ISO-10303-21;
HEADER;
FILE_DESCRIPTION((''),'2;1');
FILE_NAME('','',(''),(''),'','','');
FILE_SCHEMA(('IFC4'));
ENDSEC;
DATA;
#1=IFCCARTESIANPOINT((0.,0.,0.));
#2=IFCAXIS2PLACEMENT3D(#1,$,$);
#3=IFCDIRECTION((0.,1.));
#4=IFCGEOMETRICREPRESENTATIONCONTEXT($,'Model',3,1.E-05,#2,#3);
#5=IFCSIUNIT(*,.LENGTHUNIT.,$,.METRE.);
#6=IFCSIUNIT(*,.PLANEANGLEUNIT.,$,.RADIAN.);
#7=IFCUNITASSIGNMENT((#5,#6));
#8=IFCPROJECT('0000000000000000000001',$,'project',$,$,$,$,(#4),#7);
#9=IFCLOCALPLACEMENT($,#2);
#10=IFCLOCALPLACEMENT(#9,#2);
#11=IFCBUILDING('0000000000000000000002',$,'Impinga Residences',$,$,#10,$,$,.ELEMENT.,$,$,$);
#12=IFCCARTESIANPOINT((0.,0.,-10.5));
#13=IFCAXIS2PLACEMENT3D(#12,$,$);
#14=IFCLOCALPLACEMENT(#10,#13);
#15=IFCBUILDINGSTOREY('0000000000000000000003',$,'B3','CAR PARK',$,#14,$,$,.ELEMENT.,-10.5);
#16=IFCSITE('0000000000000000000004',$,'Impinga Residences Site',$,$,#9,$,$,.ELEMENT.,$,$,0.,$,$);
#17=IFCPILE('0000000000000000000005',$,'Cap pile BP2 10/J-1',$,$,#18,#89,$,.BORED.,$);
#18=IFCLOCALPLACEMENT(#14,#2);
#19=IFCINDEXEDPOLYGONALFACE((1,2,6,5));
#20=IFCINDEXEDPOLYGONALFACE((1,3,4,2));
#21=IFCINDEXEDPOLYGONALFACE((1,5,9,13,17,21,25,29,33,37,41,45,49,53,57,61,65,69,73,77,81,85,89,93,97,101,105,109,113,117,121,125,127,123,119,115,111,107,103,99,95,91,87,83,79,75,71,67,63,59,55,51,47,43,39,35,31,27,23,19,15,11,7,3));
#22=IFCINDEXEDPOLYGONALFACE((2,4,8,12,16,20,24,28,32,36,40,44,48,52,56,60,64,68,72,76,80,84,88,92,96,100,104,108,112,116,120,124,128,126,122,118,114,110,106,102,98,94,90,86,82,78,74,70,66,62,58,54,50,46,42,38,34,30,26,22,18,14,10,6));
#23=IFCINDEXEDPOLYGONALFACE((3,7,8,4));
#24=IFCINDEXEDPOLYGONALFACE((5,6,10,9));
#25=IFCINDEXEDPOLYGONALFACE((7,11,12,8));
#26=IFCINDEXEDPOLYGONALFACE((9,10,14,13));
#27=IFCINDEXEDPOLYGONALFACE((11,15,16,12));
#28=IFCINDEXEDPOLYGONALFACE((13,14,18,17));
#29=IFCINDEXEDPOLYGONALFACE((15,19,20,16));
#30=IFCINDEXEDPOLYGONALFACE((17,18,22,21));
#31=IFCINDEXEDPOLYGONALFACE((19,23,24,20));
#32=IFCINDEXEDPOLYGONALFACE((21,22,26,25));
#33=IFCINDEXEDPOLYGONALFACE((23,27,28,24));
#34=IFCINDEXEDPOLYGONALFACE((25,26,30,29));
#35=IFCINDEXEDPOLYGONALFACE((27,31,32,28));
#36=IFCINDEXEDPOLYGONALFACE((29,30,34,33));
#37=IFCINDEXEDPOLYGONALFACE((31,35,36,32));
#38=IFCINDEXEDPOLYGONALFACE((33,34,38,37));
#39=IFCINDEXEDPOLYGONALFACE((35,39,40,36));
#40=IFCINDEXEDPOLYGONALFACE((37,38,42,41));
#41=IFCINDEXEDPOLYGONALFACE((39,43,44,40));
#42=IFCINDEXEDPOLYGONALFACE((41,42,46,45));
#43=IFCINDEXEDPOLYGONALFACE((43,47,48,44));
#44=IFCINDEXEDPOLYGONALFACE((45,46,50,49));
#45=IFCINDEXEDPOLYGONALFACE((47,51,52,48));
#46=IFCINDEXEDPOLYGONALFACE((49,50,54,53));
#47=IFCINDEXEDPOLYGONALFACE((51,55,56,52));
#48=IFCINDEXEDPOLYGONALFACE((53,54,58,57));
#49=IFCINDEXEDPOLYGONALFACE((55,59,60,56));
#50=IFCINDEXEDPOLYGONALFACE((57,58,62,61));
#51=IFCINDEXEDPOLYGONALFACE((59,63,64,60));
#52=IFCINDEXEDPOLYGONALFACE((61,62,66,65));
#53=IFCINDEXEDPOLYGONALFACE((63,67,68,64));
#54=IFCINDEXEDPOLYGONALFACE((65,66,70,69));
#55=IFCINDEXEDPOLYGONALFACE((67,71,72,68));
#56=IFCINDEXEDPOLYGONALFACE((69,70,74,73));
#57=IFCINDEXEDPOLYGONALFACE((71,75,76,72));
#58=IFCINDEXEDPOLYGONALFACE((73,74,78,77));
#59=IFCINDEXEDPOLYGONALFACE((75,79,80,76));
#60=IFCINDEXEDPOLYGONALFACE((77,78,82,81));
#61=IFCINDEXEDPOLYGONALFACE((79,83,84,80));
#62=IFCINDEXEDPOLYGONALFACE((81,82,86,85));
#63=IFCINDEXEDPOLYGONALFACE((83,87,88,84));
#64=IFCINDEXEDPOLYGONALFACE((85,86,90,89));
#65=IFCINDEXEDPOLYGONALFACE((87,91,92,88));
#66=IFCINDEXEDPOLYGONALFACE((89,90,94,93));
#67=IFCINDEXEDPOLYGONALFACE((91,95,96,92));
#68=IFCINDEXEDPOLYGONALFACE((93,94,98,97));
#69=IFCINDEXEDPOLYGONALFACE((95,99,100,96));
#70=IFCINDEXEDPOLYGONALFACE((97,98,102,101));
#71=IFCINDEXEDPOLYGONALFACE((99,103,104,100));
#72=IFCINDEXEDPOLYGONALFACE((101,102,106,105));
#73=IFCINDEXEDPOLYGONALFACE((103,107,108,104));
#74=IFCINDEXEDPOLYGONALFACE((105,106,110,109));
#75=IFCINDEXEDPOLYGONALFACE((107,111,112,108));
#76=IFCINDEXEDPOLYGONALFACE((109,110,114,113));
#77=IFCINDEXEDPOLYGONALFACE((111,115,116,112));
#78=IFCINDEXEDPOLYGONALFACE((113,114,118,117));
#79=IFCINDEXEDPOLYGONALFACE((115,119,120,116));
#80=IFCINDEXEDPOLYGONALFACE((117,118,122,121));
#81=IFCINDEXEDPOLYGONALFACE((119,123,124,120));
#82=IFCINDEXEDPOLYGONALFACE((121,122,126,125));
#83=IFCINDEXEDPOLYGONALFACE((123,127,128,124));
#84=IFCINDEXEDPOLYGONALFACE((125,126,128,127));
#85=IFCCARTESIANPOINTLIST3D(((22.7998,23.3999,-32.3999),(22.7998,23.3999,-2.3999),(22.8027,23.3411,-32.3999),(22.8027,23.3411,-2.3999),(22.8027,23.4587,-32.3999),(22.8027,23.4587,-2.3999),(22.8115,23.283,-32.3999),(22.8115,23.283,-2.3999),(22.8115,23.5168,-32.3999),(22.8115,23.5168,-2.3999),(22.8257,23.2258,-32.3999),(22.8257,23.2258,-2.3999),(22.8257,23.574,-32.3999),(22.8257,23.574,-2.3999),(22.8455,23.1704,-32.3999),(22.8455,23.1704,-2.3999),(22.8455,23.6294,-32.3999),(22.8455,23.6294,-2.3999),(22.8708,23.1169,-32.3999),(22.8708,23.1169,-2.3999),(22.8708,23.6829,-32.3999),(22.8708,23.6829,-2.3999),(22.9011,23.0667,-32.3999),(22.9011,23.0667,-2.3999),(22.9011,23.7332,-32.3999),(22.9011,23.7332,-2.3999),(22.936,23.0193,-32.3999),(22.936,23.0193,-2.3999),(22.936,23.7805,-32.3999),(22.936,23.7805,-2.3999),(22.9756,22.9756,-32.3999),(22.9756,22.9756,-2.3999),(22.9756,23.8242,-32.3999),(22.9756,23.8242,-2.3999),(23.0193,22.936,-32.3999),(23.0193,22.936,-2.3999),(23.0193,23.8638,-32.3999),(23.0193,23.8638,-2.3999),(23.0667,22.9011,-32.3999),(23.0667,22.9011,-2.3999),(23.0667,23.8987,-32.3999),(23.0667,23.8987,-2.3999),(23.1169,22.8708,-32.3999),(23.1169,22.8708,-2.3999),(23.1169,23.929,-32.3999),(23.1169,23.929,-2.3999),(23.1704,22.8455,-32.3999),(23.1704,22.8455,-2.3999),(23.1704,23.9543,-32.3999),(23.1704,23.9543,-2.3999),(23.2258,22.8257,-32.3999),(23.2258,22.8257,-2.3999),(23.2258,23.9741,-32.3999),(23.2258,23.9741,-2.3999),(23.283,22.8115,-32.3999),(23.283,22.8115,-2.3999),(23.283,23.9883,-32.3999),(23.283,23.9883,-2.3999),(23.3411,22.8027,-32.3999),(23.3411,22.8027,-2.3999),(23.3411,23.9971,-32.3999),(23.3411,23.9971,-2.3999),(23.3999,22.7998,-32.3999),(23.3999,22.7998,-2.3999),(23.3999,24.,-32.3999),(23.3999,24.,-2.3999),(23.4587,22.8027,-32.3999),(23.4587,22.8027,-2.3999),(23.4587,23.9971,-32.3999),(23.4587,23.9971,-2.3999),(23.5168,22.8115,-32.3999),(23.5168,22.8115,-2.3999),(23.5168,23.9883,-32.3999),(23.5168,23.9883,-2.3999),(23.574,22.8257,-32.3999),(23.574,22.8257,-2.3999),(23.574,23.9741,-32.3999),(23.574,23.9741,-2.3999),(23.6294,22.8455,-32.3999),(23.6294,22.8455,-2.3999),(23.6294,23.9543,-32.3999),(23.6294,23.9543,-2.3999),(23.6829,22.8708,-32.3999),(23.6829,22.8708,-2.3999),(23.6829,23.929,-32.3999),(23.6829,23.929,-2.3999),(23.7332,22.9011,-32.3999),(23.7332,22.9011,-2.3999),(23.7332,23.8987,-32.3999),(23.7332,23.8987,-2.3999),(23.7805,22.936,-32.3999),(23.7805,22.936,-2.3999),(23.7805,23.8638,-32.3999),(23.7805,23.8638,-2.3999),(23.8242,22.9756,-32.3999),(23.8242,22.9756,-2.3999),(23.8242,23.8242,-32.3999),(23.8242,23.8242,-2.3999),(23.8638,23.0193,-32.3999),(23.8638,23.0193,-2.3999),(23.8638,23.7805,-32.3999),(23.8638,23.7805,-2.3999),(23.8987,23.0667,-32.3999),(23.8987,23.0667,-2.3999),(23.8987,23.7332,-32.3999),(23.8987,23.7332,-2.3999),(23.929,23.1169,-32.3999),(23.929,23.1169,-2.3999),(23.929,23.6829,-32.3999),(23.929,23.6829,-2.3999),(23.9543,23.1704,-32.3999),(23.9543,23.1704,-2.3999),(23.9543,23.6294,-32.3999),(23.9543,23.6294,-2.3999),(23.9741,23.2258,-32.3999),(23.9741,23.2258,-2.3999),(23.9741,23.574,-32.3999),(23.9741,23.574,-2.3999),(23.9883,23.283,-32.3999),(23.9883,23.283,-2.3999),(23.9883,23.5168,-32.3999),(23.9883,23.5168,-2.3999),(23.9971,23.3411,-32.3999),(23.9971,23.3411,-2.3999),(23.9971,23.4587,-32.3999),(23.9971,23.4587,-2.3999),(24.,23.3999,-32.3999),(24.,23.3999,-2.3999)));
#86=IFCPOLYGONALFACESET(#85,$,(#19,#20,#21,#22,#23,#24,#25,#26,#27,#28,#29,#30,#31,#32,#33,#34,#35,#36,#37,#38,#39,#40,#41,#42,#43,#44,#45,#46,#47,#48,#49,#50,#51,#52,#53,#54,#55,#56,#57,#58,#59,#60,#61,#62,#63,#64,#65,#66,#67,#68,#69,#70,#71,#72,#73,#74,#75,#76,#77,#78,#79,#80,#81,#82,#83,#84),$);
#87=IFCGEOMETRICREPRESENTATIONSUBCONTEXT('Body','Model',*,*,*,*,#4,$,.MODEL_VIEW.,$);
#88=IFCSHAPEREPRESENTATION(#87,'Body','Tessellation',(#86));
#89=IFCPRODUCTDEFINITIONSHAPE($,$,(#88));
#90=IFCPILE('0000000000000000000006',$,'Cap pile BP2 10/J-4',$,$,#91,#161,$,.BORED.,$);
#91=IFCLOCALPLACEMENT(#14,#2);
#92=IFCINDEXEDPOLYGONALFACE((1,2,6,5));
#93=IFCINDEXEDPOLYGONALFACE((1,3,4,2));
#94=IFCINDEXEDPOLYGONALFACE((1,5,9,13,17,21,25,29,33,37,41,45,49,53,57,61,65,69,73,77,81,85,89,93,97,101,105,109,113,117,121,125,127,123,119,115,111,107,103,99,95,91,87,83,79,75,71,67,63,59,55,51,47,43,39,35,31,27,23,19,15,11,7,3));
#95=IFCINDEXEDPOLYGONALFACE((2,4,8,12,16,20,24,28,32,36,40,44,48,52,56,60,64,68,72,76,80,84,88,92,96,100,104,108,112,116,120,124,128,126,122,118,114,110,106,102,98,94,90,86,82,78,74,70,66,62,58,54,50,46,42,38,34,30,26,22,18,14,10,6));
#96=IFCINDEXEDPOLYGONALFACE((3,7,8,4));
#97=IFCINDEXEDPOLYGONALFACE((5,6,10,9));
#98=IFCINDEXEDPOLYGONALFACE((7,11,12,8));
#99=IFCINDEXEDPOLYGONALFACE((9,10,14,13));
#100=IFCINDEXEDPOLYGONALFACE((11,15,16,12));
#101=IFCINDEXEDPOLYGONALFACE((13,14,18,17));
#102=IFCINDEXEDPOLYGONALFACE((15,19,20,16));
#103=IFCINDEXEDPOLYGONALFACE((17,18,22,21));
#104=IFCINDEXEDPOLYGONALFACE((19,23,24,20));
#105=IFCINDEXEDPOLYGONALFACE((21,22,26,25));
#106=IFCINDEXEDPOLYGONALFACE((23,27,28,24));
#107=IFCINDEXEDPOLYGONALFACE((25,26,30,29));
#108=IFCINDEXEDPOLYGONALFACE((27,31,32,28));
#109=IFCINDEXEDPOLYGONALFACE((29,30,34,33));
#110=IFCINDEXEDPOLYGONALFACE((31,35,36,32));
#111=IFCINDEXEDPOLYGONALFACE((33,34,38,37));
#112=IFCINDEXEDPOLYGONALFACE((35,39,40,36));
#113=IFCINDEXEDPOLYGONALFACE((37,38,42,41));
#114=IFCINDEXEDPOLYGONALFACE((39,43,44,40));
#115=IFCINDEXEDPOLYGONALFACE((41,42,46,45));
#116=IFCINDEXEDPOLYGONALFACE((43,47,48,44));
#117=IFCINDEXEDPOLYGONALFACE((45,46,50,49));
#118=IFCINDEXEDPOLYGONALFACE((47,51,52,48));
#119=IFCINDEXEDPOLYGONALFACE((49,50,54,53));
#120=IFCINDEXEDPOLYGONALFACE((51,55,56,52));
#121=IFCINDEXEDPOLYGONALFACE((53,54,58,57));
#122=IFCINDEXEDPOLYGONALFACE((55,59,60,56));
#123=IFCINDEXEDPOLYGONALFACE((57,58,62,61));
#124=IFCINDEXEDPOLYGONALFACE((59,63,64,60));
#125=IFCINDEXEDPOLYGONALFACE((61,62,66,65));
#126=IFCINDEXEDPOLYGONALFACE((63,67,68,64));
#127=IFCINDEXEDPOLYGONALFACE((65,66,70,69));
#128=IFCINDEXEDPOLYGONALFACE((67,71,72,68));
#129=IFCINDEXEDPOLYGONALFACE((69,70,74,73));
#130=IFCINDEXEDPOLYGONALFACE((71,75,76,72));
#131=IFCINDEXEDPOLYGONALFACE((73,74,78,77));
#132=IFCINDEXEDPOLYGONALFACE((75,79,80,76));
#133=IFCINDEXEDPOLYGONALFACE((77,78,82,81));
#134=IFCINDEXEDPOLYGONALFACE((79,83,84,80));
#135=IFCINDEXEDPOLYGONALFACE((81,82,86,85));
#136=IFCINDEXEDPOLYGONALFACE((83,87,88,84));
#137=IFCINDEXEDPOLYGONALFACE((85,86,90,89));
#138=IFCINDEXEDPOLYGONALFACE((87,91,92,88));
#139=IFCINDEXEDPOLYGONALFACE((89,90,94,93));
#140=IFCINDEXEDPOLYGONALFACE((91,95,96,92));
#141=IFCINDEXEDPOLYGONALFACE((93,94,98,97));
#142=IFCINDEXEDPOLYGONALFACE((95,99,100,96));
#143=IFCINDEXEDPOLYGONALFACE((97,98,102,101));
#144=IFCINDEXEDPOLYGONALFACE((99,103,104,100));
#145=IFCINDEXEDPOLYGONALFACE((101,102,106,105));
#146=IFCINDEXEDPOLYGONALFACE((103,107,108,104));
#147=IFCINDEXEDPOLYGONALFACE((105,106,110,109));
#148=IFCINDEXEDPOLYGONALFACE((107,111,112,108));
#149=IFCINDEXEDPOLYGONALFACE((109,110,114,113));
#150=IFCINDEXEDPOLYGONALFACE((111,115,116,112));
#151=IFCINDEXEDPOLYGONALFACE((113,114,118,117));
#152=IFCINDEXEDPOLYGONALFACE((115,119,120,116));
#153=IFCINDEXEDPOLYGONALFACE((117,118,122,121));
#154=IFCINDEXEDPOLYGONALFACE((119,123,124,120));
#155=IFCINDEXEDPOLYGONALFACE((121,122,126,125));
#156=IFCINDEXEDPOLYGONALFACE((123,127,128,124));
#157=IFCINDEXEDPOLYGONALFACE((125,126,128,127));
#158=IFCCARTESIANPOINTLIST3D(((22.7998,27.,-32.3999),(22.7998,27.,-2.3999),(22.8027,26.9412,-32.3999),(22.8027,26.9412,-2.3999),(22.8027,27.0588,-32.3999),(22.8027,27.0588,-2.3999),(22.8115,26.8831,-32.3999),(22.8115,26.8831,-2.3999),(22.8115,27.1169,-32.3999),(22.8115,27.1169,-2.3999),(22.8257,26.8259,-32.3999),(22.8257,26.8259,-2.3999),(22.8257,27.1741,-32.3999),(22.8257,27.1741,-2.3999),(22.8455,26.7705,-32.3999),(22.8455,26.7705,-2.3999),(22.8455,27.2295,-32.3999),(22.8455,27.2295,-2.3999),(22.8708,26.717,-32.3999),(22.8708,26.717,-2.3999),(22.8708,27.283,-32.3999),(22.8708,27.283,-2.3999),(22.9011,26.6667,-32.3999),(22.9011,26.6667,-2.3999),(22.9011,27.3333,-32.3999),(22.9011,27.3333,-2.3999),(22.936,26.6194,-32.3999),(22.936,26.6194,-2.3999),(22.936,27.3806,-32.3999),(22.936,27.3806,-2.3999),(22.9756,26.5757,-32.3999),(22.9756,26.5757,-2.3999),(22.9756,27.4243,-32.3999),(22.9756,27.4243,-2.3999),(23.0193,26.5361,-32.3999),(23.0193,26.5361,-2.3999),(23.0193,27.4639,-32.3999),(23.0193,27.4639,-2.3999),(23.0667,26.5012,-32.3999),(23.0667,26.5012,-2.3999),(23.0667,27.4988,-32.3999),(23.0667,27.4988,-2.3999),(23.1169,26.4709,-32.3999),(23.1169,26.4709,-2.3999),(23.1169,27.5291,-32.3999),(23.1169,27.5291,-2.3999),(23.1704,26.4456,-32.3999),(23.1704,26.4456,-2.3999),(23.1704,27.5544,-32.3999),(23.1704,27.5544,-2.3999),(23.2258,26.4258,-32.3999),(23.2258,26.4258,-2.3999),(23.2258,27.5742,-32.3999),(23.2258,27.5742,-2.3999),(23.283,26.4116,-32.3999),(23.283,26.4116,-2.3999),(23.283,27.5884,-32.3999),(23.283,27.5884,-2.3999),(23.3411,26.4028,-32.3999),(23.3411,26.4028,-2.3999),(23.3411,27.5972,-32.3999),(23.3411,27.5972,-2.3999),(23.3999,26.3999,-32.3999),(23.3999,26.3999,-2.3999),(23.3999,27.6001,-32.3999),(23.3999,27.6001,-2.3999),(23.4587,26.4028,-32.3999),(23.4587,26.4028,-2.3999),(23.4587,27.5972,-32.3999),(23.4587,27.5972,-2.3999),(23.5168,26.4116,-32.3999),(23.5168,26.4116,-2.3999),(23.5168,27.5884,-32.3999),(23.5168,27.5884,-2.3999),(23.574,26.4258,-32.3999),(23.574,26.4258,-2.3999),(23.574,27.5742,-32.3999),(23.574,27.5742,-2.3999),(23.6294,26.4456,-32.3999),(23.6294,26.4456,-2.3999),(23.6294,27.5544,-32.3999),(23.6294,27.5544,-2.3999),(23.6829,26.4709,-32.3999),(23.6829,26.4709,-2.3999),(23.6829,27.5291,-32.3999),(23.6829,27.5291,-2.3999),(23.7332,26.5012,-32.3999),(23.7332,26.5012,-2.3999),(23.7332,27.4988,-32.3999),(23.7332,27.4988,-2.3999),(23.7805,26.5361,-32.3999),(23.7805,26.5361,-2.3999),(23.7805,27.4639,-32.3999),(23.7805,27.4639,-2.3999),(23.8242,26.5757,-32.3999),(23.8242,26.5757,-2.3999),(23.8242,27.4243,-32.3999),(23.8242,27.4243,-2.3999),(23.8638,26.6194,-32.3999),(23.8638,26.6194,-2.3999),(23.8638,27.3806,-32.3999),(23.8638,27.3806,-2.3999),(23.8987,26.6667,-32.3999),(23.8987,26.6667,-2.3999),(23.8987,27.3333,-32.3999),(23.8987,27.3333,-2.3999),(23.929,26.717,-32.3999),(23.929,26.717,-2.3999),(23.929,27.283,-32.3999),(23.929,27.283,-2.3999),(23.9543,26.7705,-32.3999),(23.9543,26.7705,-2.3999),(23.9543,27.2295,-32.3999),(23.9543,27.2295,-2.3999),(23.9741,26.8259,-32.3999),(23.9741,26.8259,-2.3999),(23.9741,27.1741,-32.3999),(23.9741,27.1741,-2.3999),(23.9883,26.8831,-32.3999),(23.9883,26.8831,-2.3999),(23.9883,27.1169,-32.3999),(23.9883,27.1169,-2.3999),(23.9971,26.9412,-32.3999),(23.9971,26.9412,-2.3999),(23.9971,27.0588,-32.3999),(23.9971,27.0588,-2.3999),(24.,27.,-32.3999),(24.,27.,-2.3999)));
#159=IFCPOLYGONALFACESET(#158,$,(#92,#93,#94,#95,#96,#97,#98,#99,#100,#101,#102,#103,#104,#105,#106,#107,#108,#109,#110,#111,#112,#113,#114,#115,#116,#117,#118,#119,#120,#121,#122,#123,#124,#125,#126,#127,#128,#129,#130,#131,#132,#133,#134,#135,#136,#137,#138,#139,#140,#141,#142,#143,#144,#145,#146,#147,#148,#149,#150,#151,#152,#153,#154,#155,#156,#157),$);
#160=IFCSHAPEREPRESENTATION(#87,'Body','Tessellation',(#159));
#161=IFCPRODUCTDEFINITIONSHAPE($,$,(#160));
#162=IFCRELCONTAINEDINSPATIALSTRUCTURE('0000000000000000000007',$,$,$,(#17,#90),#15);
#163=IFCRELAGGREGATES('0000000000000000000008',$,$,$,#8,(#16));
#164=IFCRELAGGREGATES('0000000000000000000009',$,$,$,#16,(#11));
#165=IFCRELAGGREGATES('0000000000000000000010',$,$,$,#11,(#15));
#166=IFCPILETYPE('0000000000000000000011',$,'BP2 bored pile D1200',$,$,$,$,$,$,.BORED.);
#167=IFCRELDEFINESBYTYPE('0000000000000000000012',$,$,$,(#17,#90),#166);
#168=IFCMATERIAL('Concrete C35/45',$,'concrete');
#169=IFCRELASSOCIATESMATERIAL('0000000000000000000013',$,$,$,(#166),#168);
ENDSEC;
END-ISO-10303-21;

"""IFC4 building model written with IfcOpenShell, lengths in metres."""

from ifc_helpers import new_model, si_unit, direction, frame, origin, origin_2d, place, context, subcontext, project, spatial, polyline, circle, outline, extrude, material, material_profile, profile_set, type_object, element, save


model = new_model("IFC4")

# Units and contexts
model_context = context("Model", 3, precision=1e-05, world=origin(), true_north=direction((0.0, 1.0)))
body_context = subcontext(model_context, "Body", "Model", "MODEL_VIEW")
ifc_project = project(units=[si_unit("LENGTHUNIT", "METRE"), si_unit("PLANEANGLEUNIT", "RADIAN")], contexts=[model_context])

# Site, building, storey
site_placement = place(None, origin())
site = spatial("IfcSite", under=ifc_project, at=site_placement, Name="Impinga Residences Site", CompositionType="ELEMENT", RefElevation=0.0)
building_placement = place(site_placement, origin())
building = spatial("IfcBuilding", under=site, at=building_placement, Name="Impinga Residences", CompositionType="ELEMENT")
storey_placement = place(building_placement, frame((0.0, 0.0, -10.5)))
storey = spatial("IfcBuildingStorey", under=building, at=storey_placement, Name="B3", Description="CAR PARK", CompositionType="ELEMENT", Elevation=-10.5)

# Piles
ifc_material_1 = material(Name="Concrete C35/45", Category="concrete")
ifc_material_profile_1 = material_profile(ifc_material_1, circle(Radius=0.6001, at=origin_2d()), Name="D1200")
ifc_profile_set_1 = profile_set([ifc_material_profile_1], Name="Concrete C35/45")
pile_type_1 = type_object("IfcPileType", Name="BP2 bored pile D1200", PredefinedType="BORED", material=ifc_profile_set_1)
pile_1_placement = place(storey_placement, frame((23.3999, 23.3999, -2.3999), z_axis=(0.0, 0.0, -1.0), x_axis=(1.0, 0.0, 0.0)))
element("IfcPile", 1, at=pile_1_placement, inside=storey, type_object=pile_type_1, Name="Cap pile BP2 10/J-1", PredefinedType="BORED", context=body_context, shape_type="SweptSolid", body=[
    extrude(outline(polyline([(0.6001, 0.0), (0.5972, 0.0588), (0.5884, 0.1169), (0.5742, 0.1741), (0.5544, 0.2295), (0.5291, 0.283), (0.4988, 0.3333), (0.4639, 0.3806), (0.4243, 0.4243), (0.3806, 0.4639), (0.3333, 0.4988), (0.283, 0.5291), (0.2295, 0.5544), (0.1741, 0.5742), (0.1169, 0.5884), (0.0588, 0.5972), (0.0, 0.6001), (-0.0588, 0.5972), (-0.1169, 0.5884), (-0.1741, 0.5742), (-0.2295, 0.5544), (-0.283, 0.5291), (-0.3333, 0.4988), (-0.3806, 0.4639), (-0.4243, 0.4243), (-0.4639, 0.3806), (-0.4988, 0.3333), (-0.5291, 0.283), (-0.5544, 0.2295), (-0.5742, 0.1741), (-0.5884, 0.1169), (-0.5972, 0.0588), (-0.6001, 0.0), (-0.5972, -0.0588), (-0.5884, -0.1169), (-0.5742, -0.1741), (-0.5544, -0.2295), (-0.5291, -0.283), (-0.4988, -0.3333), (-0.4639, -0.3806), (-0.4243, -0.4243), (-0.3806, -0.4639), (-0.3333, -0.4988), (-0.283, -0.5291), (-0.2295, -0.5544), (-0.1741, -0.5742), (-0.1169, -0.5884), (-0.0588, -0.5972), (0.0, -0.6001), (0.0588, -0.5972), (0.1169, -0.5884), (0.1741, -0.5742), (0.2295, -0.5544), (0.283, -0.5291), (0.3333, -0.4988), (0.3806, -0.4639), (0.4243, -0.4243), (0.4639, -0.3806), (0.4988, -0.3333), (0.5291, -0.283), (0.5544, -0.2295), (0.5742, -0.1741), (0.5884, -0.1169), (0.5972, -0.0588), (0.6001, 0.0)])), origin(), (0.0, 0.0, 1.0), 30.0),
])
pile_2_placement = place(storey_placement, frame((23.3999, 27.0, -2.3999), z_axis=(0.0, 0.0, -1.0), x_axis=(1.0, 0.0, 0.0)))
element("IfcPile", 2, at=pile_2_placement, inside=storey, type_object=pile_type_1, Name="Cap pile BP2 10/J-4", PredefinedType="BORED", context=body_context, shape_type="SweptSolid", body=[
    extrude(outline(polyline([(0.6001, 0.0), (0.5972, 0.0588), (0.5884, 0.1169), (0.5742, 0.1741), (0.5544, 0.2295), (0.5291, 0.283), (0.4988, 0.3333), (0.4639, 0.3806), (0.4243, 0.4243), (0.3806, 0.4639), (0.3333, 0.4988), (0.283, 0.5291), (0.2295, 0.5544), (0.1741, 0.5742), (0.1169, 0.5884), (0.0588, 0.5972), (0.0, 0.6001), (-0.0588, 0.5972), (-0.1169, 0.5884), (-0.1741, 0.5742), (-0.2295, 0.5544), (-0.283, 0.5291), (-0.3333, 0.4988), (-0.3806, 0.4639), (-0.4243, 0.4243), (-0.4639, 0.3806), (-0.4988, 0.3333), (-0.5291, 0.283), (-0.5544, 0.2295), (-0.5742, 0.1741), (-0.5884, 0.1169), (-0.5972, 0.0588), (-0.6001, 0.0), (-0.5972, -0.0588), (-0.5884, -0.1169), (-0.5742, -0.1741), (-0.5544, -0.2295), (-0.5291, -0.283), (-0.4988, -0.3333), (-0.4639, -0.3806), (-0.4243, -0.4243), (-0.3806, -0.4639), (-0.3333, -0.4988), (-0.283, -0.5291), (-0.2295, -0.5544), (-0.1741, -0.5742), (-0.1169, -0.5884), (-0.0588, -0.5972), (0.0, -0.6001), (0.0588, -0.5972), (0.1169, -0.5884), (0.1741, -0.5742), (0.2295, -0.5544), (0.283, -0.5291), (0.3333, -0.4988), (0.3806, -0.4639), (0.4243, -0.4243), (0.4639, -0.3806), (0.4988, -0.3333), (0.5291, -0.283), (0.5544, -0.2295), (0.5742, -0.1741), (0.5884, -0.1169), (0.5972, -0.0588), (0.6001, 0.0)])), origin(), (0.0, 0.0, 1.0), 30.0),
])

save(model, "model.ifc")
